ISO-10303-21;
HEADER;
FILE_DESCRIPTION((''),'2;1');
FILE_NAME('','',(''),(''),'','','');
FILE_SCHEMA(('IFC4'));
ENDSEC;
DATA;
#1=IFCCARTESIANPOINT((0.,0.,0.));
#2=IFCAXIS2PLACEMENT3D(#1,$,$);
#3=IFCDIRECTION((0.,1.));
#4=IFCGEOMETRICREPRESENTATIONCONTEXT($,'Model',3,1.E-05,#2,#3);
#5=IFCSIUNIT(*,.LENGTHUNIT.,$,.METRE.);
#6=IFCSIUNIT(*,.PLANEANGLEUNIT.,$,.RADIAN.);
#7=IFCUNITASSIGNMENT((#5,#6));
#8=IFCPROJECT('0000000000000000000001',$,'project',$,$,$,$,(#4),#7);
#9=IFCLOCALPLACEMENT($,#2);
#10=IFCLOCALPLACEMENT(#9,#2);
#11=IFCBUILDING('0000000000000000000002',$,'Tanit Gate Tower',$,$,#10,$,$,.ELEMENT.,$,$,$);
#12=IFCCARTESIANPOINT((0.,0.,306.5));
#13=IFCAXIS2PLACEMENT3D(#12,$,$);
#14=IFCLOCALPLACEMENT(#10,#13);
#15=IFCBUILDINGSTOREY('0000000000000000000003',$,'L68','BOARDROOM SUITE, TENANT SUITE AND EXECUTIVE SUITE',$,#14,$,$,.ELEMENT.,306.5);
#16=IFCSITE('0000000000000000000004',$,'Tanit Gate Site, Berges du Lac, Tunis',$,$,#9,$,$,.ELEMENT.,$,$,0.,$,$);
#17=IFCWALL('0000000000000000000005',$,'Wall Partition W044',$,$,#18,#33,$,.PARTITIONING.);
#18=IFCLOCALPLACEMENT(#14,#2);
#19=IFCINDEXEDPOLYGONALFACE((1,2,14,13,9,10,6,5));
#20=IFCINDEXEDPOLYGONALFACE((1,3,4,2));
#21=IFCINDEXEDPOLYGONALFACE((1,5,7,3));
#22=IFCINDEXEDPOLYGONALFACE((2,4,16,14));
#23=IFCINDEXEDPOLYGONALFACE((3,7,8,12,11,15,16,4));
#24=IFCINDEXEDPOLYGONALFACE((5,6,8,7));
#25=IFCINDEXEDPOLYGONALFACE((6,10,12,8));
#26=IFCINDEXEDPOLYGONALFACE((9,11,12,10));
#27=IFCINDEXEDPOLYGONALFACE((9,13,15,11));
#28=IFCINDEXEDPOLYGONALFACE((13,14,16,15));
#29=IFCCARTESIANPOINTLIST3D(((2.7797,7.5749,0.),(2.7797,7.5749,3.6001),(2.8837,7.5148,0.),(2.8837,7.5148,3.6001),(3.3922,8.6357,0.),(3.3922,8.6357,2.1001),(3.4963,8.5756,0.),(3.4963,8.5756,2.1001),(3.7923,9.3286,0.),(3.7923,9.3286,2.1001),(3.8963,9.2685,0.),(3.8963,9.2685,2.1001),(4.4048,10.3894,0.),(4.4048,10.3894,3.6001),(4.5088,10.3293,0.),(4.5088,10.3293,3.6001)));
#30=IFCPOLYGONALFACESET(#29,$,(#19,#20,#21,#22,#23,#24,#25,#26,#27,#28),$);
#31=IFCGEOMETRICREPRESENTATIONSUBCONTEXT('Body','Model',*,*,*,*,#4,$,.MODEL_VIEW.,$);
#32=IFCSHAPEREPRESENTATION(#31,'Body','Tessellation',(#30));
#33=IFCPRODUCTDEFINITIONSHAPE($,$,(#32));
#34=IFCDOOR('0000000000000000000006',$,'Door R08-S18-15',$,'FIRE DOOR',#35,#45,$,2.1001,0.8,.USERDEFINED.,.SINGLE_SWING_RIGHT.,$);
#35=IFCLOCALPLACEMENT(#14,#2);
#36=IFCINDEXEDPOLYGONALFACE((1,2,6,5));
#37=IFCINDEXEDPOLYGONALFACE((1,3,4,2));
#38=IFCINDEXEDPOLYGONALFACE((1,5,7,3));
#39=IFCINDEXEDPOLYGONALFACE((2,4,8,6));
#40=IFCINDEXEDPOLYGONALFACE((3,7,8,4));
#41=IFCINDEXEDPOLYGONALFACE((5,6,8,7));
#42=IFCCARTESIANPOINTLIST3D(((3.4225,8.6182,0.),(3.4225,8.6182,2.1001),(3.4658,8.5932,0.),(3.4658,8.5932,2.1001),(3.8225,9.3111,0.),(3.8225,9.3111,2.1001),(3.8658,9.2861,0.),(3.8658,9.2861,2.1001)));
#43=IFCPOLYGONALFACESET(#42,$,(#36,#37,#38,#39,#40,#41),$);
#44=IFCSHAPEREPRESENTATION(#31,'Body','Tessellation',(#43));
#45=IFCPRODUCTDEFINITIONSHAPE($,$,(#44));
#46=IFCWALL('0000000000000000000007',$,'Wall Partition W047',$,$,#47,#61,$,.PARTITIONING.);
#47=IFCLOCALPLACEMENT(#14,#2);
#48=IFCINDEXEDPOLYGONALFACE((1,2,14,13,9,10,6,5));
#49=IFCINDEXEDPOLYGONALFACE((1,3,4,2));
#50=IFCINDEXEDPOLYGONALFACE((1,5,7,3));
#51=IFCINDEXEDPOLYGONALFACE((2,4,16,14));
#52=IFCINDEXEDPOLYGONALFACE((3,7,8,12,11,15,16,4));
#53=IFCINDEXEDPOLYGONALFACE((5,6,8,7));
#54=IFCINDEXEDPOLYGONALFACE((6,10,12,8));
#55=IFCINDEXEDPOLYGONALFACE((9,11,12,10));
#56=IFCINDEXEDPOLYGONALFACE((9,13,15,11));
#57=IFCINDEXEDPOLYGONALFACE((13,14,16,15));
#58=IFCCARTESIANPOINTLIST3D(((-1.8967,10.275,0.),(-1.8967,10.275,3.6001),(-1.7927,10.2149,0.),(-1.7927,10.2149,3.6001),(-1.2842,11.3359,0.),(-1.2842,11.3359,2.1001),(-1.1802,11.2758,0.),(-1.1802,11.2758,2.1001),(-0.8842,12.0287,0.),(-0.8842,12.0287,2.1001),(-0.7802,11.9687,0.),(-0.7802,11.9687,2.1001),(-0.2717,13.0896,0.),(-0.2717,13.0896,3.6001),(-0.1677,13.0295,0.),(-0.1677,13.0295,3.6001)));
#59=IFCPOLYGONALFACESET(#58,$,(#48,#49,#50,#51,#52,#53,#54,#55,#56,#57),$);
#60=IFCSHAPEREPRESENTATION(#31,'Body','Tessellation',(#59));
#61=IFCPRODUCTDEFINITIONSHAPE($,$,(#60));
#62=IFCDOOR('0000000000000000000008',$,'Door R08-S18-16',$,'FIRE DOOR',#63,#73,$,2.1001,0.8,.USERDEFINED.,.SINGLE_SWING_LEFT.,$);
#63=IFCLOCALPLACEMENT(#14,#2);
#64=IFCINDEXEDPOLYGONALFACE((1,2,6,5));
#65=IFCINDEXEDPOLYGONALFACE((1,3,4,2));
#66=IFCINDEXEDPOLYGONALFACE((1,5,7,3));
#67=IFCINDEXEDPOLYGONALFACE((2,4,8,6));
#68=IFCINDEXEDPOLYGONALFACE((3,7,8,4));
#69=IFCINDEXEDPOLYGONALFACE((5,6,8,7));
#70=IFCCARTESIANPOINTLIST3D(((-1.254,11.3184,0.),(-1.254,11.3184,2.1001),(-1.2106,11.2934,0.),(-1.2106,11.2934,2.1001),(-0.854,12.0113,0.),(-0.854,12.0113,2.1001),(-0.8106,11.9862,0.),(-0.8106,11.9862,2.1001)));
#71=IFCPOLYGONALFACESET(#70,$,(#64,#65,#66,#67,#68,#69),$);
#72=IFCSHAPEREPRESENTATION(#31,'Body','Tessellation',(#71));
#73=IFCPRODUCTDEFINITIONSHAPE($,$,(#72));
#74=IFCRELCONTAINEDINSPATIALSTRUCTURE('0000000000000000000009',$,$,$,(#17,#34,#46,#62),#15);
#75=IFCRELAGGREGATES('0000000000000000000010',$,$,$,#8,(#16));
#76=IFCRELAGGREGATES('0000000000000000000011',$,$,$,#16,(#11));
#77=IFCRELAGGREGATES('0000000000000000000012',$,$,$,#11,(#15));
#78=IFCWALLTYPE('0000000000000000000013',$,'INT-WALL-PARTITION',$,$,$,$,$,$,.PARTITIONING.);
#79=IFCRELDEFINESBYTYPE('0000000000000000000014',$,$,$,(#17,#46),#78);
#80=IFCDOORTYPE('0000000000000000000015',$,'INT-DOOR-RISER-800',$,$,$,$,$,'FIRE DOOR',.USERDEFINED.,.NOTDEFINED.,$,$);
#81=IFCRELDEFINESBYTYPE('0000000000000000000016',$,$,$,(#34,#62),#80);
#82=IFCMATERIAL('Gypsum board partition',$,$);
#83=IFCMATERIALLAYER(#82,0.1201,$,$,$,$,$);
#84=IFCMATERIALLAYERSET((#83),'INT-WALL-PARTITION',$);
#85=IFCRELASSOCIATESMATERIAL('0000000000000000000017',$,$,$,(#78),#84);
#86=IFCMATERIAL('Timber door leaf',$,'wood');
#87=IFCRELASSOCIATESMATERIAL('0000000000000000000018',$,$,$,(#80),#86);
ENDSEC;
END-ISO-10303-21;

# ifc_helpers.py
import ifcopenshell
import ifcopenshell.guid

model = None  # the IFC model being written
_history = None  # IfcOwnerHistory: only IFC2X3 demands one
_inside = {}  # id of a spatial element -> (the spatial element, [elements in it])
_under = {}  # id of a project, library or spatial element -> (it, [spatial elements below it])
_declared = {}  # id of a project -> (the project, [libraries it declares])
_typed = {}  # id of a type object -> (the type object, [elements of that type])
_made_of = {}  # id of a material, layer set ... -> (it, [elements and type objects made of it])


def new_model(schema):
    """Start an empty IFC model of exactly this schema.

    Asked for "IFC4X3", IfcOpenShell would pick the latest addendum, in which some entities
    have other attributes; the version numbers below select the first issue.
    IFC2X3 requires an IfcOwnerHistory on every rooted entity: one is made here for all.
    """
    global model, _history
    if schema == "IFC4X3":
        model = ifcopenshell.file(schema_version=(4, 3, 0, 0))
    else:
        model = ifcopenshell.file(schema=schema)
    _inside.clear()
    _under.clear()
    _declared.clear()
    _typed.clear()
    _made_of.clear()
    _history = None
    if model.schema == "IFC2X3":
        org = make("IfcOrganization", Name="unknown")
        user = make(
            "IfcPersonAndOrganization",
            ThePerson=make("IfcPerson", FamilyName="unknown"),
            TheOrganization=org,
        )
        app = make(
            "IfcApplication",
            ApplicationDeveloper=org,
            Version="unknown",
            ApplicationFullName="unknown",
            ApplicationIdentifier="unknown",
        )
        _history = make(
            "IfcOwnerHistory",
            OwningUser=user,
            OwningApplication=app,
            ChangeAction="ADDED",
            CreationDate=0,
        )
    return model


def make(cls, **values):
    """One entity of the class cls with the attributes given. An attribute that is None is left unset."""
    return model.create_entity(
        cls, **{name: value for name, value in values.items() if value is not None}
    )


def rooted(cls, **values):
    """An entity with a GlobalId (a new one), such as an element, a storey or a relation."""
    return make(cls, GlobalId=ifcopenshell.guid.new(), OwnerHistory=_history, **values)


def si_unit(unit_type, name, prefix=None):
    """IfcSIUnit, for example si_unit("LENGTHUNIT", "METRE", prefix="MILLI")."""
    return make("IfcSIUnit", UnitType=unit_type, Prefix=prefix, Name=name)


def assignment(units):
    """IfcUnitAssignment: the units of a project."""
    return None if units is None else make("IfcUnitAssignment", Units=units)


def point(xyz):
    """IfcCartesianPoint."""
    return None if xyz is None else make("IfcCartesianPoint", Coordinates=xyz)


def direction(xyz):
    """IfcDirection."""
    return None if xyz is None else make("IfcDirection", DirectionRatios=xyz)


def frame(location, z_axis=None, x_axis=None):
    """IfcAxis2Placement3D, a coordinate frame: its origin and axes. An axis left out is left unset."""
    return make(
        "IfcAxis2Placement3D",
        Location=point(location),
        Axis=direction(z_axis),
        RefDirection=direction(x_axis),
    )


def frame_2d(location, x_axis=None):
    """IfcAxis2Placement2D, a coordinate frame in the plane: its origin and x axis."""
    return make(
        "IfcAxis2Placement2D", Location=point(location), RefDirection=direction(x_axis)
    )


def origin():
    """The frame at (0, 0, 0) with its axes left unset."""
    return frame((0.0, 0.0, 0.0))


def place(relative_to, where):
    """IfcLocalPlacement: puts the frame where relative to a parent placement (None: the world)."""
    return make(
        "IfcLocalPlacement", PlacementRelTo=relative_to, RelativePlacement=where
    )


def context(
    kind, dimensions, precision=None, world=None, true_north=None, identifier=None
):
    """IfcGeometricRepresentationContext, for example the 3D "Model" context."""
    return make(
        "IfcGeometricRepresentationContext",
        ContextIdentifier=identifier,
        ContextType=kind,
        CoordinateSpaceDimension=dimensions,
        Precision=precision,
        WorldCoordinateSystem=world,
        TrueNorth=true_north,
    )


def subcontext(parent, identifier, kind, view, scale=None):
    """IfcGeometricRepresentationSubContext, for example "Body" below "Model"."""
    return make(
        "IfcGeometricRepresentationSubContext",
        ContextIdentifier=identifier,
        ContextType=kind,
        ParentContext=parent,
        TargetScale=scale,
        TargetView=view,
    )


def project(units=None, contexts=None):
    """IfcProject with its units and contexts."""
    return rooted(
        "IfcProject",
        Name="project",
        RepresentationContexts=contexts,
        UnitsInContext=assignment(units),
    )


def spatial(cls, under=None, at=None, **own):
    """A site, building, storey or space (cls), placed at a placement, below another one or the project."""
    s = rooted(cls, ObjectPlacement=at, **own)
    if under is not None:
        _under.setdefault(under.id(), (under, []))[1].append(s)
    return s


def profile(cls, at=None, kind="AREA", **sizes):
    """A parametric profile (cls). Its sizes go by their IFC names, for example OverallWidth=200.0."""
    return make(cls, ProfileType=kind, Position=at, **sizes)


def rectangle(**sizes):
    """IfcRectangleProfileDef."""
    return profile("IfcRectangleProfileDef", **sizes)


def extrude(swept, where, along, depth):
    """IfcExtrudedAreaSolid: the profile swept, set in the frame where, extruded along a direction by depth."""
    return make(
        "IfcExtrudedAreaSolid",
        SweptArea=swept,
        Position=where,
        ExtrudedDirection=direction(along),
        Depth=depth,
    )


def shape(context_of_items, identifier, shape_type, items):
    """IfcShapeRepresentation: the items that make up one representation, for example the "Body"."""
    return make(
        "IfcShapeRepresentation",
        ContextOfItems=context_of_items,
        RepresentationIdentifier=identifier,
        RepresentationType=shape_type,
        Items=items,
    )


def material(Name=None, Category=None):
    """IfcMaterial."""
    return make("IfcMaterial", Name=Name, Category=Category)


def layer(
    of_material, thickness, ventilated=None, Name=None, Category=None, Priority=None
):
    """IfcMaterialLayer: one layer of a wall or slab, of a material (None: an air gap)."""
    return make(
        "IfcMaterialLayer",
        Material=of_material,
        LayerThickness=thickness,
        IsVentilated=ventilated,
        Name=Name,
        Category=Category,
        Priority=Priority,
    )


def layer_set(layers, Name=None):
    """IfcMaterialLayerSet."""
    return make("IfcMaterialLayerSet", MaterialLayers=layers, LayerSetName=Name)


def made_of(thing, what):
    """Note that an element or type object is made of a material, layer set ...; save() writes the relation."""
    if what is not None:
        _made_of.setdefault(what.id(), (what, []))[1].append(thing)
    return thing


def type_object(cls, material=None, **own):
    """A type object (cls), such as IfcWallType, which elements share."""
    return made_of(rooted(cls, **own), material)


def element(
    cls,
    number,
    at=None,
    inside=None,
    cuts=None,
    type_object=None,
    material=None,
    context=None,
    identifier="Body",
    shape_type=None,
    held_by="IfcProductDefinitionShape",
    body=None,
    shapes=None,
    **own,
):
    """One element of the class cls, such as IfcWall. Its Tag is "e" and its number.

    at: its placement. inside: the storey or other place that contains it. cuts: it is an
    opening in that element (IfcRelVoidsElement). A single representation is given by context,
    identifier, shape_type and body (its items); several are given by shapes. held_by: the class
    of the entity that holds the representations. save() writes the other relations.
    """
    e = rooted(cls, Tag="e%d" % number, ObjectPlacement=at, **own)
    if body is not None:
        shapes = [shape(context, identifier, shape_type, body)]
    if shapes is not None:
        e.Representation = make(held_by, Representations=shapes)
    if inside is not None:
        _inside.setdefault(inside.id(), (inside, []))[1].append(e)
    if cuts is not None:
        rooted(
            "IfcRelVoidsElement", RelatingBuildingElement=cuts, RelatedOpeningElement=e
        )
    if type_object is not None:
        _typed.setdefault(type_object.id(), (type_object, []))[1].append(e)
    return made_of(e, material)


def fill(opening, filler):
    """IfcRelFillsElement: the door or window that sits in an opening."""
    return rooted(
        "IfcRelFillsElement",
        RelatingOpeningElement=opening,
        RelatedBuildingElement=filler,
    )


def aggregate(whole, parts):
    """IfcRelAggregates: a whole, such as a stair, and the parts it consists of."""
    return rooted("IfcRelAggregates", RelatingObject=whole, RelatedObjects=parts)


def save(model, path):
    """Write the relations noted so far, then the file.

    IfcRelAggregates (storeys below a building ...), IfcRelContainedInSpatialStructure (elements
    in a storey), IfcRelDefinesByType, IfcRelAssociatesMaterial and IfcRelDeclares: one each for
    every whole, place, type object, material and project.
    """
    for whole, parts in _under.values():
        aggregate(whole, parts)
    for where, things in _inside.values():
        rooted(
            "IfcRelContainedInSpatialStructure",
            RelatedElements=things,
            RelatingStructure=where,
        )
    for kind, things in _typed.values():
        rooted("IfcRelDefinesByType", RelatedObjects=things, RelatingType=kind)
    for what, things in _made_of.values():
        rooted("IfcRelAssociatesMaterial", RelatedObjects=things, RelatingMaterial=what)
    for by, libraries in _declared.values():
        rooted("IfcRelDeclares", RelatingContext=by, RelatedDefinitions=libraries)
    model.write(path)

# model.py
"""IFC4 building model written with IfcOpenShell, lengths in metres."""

from ifc_helpers import new_model, si_unit, direction, frame, frame_2d, origin, place, context, subcontext, project, spatial, rectangle, extrude, material, layer, layer_set, type_object, element, fill, save


model = new_model("IFC4")

# Units and contexts
model_context = context("Model", 3, precision=1e-05, world=origin(), true_north=direction((0.0, 1.0)))
body_context = subcontext(model_context, "Body", "Model", "MODEL_VIEW")
ifc_project = project(units=[si_unit("LENGTHUNIT", "METRE"), si_unit("PLANEANGLEUNIT", "RADIAN")], contexts=[model_context])

# Site, building, storey
site_placement = place(None, origin())
site = spatial("IfcSite", under=ifc_project, at=site_placement, Name="Tanit Gate Site, Berges du Lac, Tunis", CompositionType="ELEMENT", RefElevation=0.0)
building_placement = place(site_placement, origin())
building = spatial("IfcBuilding", under=site, at=building_placement, Name="Tanit Gate Tower", CompositionType="ELEMENT")
storey_placement = place(building_placement, frame((0.0, 0.0, 306.5)))
storey = spatial("IfcBuildingStorey", under=building, at=storey_placement, Name="L68", Description="BOARDROOM SUITE, TENANT SUITE AND EXECUTIVE SUITE", CompositionType="ELEMENT", Elevation=306.5)

# Walls, openings, doors
ifc_material_1 = material(Name="Gypsum board partition")
ifc_layer_1 = layer(ifc_material_1, 0.1201)
ifc_layer_set_1 = layer_set([ifc_layer_1], Name="INT-WALL-PARTITION")
wall_type_1 = type_object("IfcWallType", Name="INT-WALL-PARTITION", PredefinedType="PARTITIONING", material=ifc_layer_set_1)
wall_1_placement = place(storey_placement, frame((4.4568, 10.3594, 0.0), z_axis=(0.0, 0.0, 1.0), x_axis=(-0.500017, -0.866015, 0.0)))
wall_1 = element("IfcWall", 1, at=wall_1_placement, inside=storey, type_object=wall_type_1, Name="Wall Partition W044", PredefinedType="PARTITIONING", context=body_context, shape_type="SweptSolid", body=[
    extrude(rectangle(XDim=3.25, YDim=0.1201, at=frame_2d((1.625, 0.0))), origin(), (0.0, 0.0, 1.0), 3.6001),
])
opening_1_placement = place(wall_1_placement, frame((1.2251, 0.0, 0.0)))
opening_1 = element("IfcOpeningElement", 2, at=opening_1_placement, cuts=wall_1, PredefinedType="OPENING", context=body_context, shape_type="SweptSolid", body=[
    extrude(rectangle(XDim=0.8, YDim=2.1001, at=frame_2d((0.3999, 1.05))), frame((0.0, 0.0701, 0.0), z_axis=(0.0, -1.0, 0.0), x_axis=(1.0, 0.0, 0.0)), (0.0, 0.0, 1.0), 0.1401),
])
ifc_material_2 = material(Name="Timber door leaf", Category="wood")
door_type = type_object("IfcDoorType", Name="INT-DOOR-RISER-800", ElementType="FIRE DOOR", OperationType="NOTDEFINED", PredefinedType="USERDEFINED", material=ifc_material_2)
door_1_placement = place(opening_1_placement, origin())
door_1 = element("IfcDoor", 3, at=door_1_placement, inside=storey, type_object=door_type, Name="Door R08-S18-15", ObjectType="FIRE DOOR", OperationType="SINGLE_SWING_RIGHT", OverallHeight=2.1001, OverallWidth=0.8, PredefinedType="USERDEFINED", context=body_context, shape_type="SweptSolid", body=[
    extrude(rectangle(XDim=0.8, YDim=2.1001, at=frame_2d((0.3999, 1.05))), frame((0.0, 0.0249, 0.0), z_axis=(0.0, -1.0, 0.0), x_axis=(1.0, 0.0, 0.0)), (0.0, 0.0, 1.0), 0.05),
])
fill(opening_1, door_1)
wall_2_placement = place(storey_placement, frame((-0.2197, 13.0596, 0.0), z_axis=(0.0, 0.0, 1.0), x_axis=(-0.499985, -0.866034, 0.0)))
wall_2 = element("IfcWall", 4, at=wall_2_placement, inside=storey, type_object=wall_type_1, Name="Wall Partition W047", PredefinedType="PARTITIONING", context=body_context, shape_type="SweptSolid", body=[
    extrude(rectangle(XDim=3.25, YDim=0.1201, at=frame_2d((1.625, 0.0))), origin(), (0.0, 0.0, 1.0), 3.6001),
])
opening_2_placement = place(wall_2_placement, frame((1.2251, 0.0, 0.0)))
opening_2 = element("IfcOpeningElement", 5, at=opening_2_placement, cuts=wall_2, PredefinedType="OPENING", context=body_context, shape_type="SweptSolid", body=[
    extrude(rectangle(XDim=0.8, YDim=2.1001, at=frame_2d((0.3999, 1.05))), frame((0.0, 0.0701, 0.0), z_axis=(0.0, -1.0, 0.0), x_axis=(1.0, 0.0, 0.0)), (0.0, 0.0, 1.0), 0.1401),
])
door_2_placement = place(opening_2_placement, origin())
door_2 = element("IfcDoor", 6, at=door_2_placement, inside=storey, type_object=door_type, Name="Door R08-S18-16", ObjectType="FIRE DOOR", OperationType="SINGLE_SWING_LEFT", OverallHeight=2.1001, OverallWidth=0.8, PredefinedType="USERDEFINED", context=body_context, shape_type="SweptSolid", body=[
    extrude(rectangle(XDim=0.8, YDim=2.1001, at=frame_2d((0.3999, 1.05))), frame((0.0, 0.0249, 0.0), z_axis=(0.0, -1.0, 0.0), x_axis=(1.0, 0.0, 0.0)), (0.0, 0.0, 1.0), 0.05),
])
fill(opening_2, door_2)

save(model, "model.ifc")
